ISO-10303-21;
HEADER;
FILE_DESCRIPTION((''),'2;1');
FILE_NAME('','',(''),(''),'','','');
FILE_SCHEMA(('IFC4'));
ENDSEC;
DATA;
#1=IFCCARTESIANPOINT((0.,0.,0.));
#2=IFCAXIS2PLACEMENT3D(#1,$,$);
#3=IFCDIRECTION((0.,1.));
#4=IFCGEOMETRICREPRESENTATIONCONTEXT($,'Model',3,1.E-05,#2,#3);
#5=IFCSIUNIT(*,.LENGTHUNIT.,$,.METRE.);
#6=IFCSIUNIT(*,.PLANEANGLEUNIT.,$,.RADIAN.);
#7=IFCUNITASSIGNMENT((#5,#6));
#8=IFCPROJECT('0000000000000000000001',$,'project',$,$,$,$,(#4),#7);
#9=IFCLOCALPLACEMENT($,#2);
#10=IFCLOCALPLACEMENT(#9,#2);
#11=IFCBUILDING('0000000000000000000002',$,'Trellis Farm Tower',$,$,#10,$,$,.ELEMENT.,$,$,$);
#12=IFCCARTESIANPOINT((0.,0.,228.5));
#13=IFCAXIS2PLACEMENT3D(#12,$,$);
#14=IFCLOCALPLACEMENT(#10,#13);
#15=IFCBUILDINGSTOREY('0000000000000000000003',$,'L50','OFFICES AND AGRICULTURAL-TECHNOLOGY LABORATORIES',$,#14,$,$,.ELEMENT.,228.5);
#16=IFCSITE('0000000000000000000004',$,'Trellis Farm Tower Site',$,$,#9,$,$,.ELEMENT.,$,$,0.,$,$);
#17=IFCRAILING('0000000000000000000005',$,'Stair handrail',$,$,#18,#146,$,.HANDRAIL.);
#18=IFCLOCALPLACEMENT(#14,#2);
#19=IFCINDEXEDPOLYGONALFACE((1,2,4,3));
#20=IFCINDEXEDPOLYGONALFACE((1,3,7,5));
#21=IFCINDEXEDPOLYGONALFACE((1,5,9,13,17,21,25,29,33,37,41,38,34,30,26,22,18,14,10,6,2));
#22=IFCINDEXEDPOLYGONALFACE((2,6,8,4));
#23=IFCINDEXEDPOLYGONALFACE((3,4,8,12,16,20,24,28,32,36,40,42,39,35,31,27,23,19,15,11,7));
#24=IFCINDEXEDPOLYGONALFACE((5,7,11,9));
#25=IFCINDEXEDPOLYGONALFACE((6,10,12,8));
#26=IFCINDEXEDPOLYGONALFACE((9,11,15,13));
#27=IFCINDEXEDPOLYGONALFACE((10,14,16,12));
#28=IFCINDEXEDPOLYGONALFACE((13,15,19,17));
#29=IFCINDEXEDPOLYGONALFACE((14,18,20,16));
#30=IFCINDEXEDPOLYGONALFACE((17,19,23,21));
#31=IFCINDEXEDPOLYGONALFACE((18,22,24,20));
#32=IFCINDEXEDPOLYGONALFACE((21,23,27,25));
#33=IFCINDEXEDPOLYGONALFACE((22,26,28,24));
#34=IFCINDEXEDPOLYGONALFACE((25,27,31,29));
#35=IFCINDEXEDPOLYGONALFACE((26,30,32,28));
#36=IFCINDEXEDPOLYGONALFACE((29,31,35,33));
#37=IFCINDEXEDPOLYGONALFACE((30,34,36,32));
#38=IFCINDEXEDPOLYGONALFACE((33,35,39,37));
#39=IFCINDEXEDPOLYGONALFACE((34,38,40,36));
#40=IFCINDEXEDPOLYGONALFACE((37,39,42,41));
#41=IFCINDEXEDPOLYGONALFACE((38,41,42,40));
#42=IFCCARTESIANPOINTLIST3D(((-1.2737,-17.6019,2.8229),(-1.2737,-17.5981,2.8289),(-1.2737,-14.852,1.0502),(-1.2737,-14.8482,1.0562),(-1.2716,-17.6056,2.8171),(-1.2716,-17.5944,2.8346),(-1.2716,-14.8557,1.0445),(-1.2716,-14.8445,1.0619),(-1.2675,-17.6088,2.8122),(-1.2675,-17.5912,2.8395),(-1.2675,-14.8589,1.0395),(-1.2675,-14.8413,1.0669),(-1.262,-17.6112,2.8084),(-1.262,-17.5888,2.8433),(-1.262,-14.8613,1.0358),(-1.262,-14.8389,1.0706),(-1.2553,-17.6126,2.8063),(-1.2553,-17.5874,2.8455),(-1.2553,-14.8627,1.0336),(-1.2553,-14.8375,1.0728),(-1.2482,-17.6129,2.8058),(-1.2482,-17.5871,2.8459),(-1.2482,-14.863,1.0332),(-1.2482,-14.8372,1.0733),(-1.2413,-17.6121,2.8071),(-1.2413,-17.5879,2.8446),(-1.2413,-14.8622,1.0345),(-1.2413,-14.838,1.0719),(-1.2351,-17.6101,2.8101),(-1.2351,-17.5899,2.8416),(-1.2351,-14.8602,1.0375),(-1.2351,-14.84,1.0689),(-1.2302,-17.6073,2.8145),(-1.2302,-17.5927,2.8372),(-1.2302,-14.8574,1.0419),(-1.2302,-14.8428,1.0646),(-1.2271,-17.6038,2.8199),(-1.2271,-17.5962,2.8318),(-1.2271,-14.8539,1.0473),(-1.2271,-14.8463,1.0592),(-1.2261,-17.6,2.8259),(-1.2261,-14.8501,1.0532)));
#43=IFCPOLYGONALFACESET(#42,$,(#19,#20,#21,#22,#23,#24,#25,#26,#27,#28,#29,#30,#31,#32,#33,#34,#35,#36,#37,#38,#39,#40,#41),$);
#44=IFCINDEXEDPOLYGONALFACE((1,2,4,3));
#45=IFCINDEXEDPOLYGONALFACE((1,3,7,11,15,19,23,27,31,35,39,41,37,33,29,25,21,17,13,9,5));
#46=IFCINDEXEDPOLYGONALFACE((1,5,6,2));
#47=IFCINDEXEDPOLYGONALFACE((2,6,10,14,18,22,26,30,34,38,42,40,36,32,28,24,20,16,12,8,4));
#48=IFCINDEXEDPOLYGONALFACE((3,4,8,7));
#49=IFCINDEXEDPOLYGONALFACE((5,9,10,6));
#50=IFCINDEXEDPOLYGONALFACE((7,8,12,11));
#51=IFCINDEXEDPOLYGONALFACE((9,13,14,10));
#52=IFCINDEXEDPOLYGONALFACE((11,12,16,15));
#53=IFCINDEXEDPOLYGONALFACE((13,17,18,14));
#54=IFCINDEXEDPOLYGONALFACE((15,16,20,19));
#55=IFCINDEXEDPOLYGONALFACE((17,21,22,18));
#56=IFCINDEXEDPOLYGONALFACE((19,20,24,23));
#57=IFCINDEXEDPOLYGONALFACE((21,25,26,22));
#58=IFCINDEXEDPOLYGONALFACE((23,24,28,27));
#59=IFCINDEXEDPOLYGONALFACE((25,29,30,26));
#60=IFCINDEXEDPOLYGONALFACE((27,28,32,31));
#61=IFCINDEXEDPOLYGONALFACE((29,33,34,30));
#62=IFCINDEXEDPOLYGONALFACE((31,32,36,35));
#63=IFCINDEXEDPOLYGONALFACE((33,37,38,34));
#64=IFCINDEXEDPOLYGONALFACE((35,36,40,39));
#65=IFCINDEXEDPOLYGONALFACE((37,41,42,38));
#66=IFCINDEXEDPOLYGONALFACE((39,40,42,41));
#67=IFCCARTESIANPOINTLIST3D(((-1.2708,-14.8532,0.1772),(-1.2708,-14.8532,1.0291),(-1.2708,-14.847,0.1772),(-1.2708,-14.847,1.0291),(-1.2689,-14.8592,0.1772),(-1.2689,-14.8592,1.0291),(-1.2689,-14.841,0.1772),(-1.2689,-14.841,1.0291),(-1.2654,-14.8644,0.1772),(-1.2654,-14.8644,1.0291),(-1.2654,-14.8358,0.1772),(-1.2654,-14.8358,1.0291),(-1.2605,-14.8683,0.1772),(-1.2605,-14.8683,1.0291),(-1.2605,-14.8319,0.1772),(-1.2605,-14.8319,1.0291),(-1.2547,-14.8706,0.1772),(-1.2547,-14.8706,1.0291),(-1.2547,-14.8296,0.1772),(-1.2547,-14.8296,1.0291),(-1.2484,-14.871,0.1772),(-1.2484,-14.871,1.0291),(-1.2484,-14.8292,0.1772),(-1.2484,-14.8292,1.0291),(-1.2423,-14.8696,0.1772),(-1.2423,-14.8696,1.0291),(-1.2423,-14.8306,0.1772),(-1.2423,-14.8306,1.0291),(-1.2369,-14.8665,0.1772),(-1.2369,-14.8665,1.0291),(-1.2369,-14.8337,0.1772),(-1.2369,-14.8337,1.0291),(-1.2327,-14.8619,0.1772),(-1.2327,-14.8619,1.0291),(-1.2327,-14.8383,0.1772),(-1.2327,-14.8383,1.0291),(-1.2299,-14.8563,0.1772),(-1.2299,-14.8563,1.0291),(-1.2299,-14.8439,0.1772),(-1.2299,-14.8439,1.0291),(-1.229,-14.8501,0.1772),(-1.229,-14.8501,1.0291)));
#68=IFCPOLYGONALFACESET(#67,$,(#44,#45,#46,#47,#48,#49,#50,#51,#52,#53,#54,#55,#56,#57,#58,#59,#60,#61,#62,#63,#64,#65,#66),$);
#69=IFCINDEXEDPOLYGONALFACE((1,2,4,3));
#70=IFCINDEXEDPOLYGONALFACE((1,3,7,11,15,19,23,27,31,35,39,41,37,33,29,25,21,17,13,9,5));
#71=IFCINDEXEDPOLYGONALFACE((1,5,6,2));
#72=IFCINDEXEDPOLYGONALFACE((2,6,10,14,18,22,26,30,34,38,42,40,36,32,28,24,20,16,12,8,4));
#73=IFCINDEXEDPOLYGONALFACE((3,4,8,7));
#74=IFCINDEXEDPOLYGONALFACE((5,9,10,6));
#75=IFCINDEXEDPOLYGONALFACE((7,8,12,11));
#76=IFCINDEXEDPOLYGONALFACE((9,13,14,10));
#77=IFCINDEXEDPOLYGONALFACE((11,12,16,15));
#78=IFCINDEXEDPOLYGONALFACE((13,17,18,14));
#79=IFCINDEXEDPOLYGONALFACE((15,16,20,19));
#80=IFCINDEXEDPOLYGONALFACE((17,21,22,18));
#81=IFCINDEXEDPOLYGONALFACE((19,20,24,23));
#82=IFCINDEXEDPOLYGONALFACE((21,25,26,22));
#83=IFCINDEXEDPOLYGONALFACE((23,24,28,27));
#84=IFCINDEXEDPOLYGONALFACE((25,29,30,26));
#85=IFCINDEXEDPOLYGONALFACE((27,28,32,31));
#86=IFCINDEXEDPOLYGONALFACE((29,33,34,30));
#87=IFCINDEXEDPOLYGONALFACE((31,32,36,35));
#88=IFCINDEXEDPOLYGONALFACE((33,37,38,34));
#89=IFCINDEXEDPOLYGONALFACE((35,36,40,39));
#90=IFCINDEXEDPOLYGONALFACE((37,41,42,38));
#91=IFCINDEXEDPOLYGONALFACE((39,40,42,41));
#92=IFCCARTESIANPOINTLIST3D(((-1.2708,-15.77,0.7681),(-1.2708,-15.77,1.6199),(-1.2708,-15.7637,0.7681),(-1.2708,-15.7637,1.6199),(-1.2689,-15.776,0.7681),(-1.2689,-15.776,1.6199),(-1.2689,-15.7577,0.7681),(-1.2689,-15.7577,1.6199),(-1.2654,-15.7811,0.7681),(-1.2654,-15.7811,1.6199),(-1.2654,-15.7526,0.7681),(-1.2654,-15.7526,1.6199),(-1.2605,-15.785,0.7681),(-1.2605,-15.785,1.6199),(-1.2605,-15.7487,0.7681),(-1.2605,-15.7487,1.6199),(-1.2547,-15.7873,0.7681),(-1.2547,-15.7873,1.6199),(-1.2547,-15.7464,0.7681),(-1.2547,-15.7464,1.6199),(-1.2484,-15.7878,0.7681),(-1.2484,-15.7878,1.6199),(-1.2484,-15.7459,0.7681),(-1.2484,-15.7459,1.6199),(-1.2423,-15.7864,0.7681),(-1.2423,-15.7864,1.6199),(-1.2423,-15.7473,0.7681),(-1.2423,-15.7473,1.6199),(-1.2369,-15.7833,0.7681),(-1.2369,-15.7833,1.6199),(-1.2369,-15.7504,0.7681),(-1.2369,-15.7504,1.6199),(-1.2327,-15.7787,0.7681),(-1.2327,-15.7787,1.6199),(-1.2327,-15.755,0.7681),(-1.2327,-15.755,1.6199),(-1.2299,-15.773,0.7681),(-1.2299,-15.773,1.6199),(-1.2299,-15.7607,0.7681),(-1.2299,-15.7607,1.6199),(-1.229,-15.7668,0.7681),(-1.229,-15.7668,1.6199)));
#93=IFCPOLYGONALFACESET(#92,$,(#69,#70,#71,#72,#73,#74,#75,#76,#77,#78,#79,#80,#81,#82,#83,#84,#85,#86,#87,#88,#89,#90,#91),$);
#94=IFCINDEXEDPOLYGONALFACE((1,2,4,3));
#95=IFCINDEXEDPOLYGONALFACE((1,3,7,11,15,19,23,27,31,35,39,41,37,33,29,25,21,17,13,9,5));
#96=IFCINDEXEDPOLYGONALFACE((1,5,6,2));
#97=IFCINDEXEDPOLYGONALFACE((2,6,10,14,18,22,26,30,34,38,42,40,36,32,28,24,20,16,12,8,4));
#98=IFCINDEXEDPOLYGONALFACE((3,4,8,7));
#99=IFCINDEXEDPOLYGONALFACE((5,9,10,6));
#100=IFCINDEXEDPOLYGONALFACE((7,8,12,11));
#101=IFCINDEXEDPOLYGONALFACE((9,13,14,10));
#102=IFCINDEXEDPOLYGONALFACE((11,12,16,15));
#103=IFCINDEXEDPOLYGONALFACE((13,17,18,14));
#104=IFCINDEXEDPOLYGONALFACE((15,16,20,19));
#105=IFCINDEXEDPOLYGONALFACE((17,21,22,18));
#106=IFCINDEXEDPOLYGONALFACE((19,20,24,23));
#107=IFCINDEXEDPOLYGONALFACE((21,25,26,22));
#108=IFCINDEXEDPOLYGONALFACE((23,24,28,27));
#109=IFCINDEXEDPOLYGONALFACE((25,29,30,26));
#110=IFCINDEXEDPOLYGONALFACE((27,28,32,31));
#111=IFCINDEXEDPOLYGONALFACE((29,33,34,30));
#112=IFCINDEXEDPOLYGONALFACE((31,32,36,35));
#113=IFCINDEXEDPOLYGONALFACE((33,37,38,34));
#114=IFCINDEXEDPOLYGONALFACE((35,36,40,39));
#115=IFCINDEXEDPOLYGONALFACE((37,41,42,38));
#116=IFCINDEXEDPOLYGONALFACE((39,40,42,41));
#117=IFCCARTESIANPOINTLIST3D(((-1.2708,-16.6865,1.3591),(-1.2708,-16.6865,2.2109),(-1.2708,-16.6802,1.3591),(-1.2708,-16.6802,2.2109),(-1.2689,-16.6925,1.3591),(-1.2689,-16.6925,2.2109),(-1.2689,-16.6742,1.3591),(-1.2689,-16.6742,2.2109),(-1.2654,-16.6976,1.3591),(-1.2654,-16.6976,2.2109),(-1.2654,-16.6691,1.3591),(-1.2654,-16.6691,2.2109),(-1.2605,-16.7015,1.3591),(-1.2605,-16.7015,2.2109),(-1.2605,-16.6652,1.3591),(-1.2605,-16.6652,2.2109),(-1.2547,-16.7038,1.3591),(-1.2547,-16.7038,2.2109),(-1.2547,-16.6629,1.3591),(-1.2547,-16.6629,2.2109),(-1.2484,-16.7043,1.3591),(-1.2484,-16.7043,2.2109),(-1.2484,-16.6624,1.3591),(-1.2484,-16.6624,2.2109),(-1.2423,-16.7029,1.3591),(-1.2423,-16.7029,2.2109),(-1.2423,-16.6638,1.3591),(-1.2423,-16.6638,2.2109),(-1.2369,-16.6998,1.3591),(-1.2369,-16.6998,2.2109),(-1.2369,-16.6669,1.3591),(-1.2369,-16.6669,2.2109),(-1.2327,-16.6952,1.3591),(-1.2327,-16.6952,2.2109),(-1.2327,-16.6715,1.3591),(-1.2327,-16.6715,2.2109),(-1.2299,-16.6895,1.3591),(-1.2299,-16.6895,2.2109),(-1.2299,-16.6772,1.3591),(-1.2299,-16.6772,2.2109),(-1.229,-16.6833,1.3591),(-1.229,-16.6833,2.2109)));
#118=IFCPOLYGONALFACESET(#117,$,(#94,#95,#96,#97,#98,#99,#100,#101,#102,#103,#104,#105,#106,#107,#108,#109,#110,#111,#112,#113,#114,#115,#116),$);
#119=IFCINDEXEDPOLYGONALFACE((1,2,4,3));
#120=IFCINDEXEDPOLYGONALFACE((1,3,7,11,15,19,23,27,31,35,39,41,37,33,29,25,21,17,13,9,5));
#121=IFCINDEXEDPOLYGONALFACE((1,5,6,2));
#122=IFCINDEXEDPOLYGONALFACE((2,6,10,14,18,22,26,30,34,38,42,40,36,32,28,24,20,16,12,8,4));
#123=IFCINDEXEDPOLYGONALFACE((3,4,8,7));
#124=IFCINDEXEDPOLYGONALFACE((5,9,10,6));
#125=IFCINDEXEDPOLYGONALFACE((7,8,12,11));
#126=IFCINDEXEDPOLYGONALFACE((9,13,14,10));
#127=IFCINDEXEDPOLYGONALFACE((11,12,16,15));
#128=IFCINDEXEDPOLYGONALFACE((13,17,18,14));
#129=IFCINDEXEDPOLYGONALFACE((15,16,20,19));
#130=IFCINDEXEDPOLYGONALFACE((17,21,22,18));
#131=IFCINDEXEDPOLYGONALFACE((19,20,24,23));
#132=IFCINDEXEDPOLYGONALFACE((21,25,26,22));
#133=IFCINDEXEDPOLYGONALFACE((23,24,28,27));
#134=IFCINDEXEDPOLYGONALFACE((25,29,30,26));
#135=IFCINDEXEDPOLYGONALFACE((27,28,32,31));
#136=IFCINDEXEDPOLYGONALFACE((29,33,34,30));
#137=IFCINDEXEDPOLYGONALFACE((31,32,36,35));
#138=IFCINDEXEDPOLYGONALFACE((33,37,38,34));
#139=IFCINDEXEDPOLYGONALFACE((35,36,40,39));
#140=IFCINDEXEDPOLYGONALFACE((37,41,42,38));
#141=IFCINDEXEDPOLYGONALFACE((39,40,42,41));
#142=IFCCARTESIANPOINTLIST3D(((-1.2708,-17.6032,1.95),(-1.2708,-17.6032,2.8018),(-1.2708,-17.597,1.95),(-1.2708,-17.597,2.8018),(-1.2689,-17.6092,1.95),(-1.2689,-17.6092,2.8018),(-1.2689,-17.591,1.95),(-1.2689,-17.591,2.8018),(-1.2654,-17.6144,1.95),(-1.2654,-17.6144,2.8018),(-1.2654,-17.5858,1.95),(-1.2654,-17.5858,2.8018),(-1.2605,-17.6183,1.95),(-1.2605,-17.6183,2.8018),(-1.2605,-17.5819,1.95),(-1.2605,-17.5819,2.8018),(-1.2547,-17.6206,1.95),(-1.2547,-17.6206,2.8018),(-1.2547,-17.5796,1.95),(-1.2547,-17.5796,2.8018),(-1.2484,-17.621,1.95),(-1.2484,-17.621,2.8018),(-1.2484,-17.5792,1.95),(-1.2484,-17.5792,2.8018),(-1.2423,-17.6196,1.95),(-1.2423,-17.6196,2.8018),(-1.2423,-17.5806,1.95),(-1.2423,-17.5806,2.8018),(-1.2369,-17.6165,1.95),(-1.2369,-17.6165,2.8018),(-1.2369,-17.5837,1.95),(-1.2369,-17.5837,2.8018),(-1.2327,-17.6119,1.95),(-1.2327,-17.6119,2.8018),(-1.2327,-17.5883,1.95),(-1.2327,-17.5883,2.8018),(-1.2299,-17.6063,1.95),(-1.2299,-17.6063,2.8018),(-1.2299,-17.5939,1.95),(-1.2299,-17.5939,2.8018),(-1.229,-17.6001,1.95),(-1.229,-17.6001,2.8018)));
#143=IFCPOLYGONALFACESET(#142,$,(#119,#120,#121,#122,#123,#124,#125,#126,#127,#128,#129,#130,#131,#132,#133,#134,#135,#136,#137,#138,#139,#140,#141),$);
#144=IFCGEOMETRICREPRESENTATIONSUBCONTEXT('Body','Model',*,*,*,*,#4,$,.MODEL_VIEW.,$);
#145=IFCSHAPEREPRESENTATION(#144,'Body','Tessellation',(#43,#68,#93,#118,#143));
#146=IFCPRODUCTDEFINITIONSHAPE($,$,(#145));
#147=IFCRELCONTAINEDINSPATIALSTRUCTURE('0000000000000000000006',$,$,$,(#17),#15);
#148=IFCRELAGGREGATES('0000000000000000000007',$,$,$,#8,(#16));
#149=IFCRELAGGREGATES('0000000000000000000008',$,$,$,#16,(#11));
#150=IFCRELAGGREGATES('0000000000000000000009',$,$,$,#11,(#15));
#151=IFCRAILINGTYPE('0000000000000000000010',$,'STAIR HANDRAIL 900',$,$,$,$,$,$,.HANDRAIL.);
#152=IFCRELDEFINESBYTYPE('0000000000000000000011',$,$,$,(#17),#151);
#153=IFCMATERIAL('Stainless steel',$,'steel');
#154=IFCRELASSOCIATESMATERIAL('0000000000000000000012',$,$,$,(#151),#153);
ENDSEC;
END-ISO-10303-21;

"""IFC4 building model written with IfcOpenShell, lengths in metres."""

from ifc_helpers import new_model, si_unit, direction, frame, origin, origin_2d, place, context, subcontext, project, spatial, circle, extrude, source, transform, mapped, material, type_object, element, save


model = new_model("IFC4")

# Units and contexts
model_context = context("Model", 3, precision=1e-05, world=origin(), true_north=direction((0.0, 1.0)))
body_context = subcontext(model_context, "Body", "Model", "MODEL_VIEW")
ifc_project = project(units=[si_unit("LENGTHUNIT", "METRE"), si_unit("PLANEANGLEUNIT", "RADIAN")], contexts=[model_context])

# Site, building, storey
site_placement = place(None, origin())
site = spatial("IfcSite", under=ifc_project, at=site_placement, Name="Trellis Farm Tower Site", CompositionType="ELEMENT", RefElevation=0.0)
building_placement = place(site_placement, origin())
building = spatial("IfcBuilding", under=site, at=building_placement, Name="Trellis Farm Tower", CompositionType="ELEMENT")
storey_placement = place(building_placement, frame((0.0, 0.0, 228.5)))
storey = spatial("IfcBuildingStorey", under=building, at=storey_placement, Name="L50", Description="OFFICES AND AGRICULTURAL-TECHNOLOGY LABORATORIES", CompositionType="ELEMENT", Elevation=228.5)

# Railing
ifc_material_1 = material(Name="Stainless steel", Category="steel")
railing_type = type_object("IfcRailingType", Name="STAIR HANDRAIL 900", PredefinedType="HANDRAIL", material=ifc_material_1)
shared_shape_1 = source(origin(), body_context, "Body", "SweptSolid", [
    extrude(circle(Radius=0.0239, at=origin_2d()), frame((0.0, 0.0, 0.876), z_axis=(0.0, -0.840504, 0.541806), x_axis=(1.0, 0.0, 0.0)), (0.0, 0.0, 1.0), 3.2717),
    extrude(circle(Radius=0.021, at=origin_2d()), origin(), (0.0, 0.0, 1.0), 0.8518),
    extrude(circle(Radius=0.021, at=origin_2d()), frame((0.0, -0.9167, 0.5908)), (0.0, 0.0, 1.0), 0.8518),
    extrude(circle(Radius=0.021, at=origin_2d()), frame((0.0, -1.8333, 1.1819)), (0.0, 0.0, 1.0), 0.8518),
    extrude(circle(Radius=0.021, at=origin_2d()), frame((0.0, -2.75, 1.7727)), (0.0, 0.0, 1.0), 0.8518),
])
railing_placement = place(storey_placement, frame((-1.25, -14.8501, 0.1772)))
element("IfcRailing", 1, at=railing_placement, inside=storey, type_object=railing_type, Name="Stair handrail", PredefinedType="HANDRAIL", context=body_context, shape_type="MappedRepresentation", body=[
    mapped(shared_shape_1, transform((0.0, 0.0, 0.0))),
])

save(model, "model.ifc")
